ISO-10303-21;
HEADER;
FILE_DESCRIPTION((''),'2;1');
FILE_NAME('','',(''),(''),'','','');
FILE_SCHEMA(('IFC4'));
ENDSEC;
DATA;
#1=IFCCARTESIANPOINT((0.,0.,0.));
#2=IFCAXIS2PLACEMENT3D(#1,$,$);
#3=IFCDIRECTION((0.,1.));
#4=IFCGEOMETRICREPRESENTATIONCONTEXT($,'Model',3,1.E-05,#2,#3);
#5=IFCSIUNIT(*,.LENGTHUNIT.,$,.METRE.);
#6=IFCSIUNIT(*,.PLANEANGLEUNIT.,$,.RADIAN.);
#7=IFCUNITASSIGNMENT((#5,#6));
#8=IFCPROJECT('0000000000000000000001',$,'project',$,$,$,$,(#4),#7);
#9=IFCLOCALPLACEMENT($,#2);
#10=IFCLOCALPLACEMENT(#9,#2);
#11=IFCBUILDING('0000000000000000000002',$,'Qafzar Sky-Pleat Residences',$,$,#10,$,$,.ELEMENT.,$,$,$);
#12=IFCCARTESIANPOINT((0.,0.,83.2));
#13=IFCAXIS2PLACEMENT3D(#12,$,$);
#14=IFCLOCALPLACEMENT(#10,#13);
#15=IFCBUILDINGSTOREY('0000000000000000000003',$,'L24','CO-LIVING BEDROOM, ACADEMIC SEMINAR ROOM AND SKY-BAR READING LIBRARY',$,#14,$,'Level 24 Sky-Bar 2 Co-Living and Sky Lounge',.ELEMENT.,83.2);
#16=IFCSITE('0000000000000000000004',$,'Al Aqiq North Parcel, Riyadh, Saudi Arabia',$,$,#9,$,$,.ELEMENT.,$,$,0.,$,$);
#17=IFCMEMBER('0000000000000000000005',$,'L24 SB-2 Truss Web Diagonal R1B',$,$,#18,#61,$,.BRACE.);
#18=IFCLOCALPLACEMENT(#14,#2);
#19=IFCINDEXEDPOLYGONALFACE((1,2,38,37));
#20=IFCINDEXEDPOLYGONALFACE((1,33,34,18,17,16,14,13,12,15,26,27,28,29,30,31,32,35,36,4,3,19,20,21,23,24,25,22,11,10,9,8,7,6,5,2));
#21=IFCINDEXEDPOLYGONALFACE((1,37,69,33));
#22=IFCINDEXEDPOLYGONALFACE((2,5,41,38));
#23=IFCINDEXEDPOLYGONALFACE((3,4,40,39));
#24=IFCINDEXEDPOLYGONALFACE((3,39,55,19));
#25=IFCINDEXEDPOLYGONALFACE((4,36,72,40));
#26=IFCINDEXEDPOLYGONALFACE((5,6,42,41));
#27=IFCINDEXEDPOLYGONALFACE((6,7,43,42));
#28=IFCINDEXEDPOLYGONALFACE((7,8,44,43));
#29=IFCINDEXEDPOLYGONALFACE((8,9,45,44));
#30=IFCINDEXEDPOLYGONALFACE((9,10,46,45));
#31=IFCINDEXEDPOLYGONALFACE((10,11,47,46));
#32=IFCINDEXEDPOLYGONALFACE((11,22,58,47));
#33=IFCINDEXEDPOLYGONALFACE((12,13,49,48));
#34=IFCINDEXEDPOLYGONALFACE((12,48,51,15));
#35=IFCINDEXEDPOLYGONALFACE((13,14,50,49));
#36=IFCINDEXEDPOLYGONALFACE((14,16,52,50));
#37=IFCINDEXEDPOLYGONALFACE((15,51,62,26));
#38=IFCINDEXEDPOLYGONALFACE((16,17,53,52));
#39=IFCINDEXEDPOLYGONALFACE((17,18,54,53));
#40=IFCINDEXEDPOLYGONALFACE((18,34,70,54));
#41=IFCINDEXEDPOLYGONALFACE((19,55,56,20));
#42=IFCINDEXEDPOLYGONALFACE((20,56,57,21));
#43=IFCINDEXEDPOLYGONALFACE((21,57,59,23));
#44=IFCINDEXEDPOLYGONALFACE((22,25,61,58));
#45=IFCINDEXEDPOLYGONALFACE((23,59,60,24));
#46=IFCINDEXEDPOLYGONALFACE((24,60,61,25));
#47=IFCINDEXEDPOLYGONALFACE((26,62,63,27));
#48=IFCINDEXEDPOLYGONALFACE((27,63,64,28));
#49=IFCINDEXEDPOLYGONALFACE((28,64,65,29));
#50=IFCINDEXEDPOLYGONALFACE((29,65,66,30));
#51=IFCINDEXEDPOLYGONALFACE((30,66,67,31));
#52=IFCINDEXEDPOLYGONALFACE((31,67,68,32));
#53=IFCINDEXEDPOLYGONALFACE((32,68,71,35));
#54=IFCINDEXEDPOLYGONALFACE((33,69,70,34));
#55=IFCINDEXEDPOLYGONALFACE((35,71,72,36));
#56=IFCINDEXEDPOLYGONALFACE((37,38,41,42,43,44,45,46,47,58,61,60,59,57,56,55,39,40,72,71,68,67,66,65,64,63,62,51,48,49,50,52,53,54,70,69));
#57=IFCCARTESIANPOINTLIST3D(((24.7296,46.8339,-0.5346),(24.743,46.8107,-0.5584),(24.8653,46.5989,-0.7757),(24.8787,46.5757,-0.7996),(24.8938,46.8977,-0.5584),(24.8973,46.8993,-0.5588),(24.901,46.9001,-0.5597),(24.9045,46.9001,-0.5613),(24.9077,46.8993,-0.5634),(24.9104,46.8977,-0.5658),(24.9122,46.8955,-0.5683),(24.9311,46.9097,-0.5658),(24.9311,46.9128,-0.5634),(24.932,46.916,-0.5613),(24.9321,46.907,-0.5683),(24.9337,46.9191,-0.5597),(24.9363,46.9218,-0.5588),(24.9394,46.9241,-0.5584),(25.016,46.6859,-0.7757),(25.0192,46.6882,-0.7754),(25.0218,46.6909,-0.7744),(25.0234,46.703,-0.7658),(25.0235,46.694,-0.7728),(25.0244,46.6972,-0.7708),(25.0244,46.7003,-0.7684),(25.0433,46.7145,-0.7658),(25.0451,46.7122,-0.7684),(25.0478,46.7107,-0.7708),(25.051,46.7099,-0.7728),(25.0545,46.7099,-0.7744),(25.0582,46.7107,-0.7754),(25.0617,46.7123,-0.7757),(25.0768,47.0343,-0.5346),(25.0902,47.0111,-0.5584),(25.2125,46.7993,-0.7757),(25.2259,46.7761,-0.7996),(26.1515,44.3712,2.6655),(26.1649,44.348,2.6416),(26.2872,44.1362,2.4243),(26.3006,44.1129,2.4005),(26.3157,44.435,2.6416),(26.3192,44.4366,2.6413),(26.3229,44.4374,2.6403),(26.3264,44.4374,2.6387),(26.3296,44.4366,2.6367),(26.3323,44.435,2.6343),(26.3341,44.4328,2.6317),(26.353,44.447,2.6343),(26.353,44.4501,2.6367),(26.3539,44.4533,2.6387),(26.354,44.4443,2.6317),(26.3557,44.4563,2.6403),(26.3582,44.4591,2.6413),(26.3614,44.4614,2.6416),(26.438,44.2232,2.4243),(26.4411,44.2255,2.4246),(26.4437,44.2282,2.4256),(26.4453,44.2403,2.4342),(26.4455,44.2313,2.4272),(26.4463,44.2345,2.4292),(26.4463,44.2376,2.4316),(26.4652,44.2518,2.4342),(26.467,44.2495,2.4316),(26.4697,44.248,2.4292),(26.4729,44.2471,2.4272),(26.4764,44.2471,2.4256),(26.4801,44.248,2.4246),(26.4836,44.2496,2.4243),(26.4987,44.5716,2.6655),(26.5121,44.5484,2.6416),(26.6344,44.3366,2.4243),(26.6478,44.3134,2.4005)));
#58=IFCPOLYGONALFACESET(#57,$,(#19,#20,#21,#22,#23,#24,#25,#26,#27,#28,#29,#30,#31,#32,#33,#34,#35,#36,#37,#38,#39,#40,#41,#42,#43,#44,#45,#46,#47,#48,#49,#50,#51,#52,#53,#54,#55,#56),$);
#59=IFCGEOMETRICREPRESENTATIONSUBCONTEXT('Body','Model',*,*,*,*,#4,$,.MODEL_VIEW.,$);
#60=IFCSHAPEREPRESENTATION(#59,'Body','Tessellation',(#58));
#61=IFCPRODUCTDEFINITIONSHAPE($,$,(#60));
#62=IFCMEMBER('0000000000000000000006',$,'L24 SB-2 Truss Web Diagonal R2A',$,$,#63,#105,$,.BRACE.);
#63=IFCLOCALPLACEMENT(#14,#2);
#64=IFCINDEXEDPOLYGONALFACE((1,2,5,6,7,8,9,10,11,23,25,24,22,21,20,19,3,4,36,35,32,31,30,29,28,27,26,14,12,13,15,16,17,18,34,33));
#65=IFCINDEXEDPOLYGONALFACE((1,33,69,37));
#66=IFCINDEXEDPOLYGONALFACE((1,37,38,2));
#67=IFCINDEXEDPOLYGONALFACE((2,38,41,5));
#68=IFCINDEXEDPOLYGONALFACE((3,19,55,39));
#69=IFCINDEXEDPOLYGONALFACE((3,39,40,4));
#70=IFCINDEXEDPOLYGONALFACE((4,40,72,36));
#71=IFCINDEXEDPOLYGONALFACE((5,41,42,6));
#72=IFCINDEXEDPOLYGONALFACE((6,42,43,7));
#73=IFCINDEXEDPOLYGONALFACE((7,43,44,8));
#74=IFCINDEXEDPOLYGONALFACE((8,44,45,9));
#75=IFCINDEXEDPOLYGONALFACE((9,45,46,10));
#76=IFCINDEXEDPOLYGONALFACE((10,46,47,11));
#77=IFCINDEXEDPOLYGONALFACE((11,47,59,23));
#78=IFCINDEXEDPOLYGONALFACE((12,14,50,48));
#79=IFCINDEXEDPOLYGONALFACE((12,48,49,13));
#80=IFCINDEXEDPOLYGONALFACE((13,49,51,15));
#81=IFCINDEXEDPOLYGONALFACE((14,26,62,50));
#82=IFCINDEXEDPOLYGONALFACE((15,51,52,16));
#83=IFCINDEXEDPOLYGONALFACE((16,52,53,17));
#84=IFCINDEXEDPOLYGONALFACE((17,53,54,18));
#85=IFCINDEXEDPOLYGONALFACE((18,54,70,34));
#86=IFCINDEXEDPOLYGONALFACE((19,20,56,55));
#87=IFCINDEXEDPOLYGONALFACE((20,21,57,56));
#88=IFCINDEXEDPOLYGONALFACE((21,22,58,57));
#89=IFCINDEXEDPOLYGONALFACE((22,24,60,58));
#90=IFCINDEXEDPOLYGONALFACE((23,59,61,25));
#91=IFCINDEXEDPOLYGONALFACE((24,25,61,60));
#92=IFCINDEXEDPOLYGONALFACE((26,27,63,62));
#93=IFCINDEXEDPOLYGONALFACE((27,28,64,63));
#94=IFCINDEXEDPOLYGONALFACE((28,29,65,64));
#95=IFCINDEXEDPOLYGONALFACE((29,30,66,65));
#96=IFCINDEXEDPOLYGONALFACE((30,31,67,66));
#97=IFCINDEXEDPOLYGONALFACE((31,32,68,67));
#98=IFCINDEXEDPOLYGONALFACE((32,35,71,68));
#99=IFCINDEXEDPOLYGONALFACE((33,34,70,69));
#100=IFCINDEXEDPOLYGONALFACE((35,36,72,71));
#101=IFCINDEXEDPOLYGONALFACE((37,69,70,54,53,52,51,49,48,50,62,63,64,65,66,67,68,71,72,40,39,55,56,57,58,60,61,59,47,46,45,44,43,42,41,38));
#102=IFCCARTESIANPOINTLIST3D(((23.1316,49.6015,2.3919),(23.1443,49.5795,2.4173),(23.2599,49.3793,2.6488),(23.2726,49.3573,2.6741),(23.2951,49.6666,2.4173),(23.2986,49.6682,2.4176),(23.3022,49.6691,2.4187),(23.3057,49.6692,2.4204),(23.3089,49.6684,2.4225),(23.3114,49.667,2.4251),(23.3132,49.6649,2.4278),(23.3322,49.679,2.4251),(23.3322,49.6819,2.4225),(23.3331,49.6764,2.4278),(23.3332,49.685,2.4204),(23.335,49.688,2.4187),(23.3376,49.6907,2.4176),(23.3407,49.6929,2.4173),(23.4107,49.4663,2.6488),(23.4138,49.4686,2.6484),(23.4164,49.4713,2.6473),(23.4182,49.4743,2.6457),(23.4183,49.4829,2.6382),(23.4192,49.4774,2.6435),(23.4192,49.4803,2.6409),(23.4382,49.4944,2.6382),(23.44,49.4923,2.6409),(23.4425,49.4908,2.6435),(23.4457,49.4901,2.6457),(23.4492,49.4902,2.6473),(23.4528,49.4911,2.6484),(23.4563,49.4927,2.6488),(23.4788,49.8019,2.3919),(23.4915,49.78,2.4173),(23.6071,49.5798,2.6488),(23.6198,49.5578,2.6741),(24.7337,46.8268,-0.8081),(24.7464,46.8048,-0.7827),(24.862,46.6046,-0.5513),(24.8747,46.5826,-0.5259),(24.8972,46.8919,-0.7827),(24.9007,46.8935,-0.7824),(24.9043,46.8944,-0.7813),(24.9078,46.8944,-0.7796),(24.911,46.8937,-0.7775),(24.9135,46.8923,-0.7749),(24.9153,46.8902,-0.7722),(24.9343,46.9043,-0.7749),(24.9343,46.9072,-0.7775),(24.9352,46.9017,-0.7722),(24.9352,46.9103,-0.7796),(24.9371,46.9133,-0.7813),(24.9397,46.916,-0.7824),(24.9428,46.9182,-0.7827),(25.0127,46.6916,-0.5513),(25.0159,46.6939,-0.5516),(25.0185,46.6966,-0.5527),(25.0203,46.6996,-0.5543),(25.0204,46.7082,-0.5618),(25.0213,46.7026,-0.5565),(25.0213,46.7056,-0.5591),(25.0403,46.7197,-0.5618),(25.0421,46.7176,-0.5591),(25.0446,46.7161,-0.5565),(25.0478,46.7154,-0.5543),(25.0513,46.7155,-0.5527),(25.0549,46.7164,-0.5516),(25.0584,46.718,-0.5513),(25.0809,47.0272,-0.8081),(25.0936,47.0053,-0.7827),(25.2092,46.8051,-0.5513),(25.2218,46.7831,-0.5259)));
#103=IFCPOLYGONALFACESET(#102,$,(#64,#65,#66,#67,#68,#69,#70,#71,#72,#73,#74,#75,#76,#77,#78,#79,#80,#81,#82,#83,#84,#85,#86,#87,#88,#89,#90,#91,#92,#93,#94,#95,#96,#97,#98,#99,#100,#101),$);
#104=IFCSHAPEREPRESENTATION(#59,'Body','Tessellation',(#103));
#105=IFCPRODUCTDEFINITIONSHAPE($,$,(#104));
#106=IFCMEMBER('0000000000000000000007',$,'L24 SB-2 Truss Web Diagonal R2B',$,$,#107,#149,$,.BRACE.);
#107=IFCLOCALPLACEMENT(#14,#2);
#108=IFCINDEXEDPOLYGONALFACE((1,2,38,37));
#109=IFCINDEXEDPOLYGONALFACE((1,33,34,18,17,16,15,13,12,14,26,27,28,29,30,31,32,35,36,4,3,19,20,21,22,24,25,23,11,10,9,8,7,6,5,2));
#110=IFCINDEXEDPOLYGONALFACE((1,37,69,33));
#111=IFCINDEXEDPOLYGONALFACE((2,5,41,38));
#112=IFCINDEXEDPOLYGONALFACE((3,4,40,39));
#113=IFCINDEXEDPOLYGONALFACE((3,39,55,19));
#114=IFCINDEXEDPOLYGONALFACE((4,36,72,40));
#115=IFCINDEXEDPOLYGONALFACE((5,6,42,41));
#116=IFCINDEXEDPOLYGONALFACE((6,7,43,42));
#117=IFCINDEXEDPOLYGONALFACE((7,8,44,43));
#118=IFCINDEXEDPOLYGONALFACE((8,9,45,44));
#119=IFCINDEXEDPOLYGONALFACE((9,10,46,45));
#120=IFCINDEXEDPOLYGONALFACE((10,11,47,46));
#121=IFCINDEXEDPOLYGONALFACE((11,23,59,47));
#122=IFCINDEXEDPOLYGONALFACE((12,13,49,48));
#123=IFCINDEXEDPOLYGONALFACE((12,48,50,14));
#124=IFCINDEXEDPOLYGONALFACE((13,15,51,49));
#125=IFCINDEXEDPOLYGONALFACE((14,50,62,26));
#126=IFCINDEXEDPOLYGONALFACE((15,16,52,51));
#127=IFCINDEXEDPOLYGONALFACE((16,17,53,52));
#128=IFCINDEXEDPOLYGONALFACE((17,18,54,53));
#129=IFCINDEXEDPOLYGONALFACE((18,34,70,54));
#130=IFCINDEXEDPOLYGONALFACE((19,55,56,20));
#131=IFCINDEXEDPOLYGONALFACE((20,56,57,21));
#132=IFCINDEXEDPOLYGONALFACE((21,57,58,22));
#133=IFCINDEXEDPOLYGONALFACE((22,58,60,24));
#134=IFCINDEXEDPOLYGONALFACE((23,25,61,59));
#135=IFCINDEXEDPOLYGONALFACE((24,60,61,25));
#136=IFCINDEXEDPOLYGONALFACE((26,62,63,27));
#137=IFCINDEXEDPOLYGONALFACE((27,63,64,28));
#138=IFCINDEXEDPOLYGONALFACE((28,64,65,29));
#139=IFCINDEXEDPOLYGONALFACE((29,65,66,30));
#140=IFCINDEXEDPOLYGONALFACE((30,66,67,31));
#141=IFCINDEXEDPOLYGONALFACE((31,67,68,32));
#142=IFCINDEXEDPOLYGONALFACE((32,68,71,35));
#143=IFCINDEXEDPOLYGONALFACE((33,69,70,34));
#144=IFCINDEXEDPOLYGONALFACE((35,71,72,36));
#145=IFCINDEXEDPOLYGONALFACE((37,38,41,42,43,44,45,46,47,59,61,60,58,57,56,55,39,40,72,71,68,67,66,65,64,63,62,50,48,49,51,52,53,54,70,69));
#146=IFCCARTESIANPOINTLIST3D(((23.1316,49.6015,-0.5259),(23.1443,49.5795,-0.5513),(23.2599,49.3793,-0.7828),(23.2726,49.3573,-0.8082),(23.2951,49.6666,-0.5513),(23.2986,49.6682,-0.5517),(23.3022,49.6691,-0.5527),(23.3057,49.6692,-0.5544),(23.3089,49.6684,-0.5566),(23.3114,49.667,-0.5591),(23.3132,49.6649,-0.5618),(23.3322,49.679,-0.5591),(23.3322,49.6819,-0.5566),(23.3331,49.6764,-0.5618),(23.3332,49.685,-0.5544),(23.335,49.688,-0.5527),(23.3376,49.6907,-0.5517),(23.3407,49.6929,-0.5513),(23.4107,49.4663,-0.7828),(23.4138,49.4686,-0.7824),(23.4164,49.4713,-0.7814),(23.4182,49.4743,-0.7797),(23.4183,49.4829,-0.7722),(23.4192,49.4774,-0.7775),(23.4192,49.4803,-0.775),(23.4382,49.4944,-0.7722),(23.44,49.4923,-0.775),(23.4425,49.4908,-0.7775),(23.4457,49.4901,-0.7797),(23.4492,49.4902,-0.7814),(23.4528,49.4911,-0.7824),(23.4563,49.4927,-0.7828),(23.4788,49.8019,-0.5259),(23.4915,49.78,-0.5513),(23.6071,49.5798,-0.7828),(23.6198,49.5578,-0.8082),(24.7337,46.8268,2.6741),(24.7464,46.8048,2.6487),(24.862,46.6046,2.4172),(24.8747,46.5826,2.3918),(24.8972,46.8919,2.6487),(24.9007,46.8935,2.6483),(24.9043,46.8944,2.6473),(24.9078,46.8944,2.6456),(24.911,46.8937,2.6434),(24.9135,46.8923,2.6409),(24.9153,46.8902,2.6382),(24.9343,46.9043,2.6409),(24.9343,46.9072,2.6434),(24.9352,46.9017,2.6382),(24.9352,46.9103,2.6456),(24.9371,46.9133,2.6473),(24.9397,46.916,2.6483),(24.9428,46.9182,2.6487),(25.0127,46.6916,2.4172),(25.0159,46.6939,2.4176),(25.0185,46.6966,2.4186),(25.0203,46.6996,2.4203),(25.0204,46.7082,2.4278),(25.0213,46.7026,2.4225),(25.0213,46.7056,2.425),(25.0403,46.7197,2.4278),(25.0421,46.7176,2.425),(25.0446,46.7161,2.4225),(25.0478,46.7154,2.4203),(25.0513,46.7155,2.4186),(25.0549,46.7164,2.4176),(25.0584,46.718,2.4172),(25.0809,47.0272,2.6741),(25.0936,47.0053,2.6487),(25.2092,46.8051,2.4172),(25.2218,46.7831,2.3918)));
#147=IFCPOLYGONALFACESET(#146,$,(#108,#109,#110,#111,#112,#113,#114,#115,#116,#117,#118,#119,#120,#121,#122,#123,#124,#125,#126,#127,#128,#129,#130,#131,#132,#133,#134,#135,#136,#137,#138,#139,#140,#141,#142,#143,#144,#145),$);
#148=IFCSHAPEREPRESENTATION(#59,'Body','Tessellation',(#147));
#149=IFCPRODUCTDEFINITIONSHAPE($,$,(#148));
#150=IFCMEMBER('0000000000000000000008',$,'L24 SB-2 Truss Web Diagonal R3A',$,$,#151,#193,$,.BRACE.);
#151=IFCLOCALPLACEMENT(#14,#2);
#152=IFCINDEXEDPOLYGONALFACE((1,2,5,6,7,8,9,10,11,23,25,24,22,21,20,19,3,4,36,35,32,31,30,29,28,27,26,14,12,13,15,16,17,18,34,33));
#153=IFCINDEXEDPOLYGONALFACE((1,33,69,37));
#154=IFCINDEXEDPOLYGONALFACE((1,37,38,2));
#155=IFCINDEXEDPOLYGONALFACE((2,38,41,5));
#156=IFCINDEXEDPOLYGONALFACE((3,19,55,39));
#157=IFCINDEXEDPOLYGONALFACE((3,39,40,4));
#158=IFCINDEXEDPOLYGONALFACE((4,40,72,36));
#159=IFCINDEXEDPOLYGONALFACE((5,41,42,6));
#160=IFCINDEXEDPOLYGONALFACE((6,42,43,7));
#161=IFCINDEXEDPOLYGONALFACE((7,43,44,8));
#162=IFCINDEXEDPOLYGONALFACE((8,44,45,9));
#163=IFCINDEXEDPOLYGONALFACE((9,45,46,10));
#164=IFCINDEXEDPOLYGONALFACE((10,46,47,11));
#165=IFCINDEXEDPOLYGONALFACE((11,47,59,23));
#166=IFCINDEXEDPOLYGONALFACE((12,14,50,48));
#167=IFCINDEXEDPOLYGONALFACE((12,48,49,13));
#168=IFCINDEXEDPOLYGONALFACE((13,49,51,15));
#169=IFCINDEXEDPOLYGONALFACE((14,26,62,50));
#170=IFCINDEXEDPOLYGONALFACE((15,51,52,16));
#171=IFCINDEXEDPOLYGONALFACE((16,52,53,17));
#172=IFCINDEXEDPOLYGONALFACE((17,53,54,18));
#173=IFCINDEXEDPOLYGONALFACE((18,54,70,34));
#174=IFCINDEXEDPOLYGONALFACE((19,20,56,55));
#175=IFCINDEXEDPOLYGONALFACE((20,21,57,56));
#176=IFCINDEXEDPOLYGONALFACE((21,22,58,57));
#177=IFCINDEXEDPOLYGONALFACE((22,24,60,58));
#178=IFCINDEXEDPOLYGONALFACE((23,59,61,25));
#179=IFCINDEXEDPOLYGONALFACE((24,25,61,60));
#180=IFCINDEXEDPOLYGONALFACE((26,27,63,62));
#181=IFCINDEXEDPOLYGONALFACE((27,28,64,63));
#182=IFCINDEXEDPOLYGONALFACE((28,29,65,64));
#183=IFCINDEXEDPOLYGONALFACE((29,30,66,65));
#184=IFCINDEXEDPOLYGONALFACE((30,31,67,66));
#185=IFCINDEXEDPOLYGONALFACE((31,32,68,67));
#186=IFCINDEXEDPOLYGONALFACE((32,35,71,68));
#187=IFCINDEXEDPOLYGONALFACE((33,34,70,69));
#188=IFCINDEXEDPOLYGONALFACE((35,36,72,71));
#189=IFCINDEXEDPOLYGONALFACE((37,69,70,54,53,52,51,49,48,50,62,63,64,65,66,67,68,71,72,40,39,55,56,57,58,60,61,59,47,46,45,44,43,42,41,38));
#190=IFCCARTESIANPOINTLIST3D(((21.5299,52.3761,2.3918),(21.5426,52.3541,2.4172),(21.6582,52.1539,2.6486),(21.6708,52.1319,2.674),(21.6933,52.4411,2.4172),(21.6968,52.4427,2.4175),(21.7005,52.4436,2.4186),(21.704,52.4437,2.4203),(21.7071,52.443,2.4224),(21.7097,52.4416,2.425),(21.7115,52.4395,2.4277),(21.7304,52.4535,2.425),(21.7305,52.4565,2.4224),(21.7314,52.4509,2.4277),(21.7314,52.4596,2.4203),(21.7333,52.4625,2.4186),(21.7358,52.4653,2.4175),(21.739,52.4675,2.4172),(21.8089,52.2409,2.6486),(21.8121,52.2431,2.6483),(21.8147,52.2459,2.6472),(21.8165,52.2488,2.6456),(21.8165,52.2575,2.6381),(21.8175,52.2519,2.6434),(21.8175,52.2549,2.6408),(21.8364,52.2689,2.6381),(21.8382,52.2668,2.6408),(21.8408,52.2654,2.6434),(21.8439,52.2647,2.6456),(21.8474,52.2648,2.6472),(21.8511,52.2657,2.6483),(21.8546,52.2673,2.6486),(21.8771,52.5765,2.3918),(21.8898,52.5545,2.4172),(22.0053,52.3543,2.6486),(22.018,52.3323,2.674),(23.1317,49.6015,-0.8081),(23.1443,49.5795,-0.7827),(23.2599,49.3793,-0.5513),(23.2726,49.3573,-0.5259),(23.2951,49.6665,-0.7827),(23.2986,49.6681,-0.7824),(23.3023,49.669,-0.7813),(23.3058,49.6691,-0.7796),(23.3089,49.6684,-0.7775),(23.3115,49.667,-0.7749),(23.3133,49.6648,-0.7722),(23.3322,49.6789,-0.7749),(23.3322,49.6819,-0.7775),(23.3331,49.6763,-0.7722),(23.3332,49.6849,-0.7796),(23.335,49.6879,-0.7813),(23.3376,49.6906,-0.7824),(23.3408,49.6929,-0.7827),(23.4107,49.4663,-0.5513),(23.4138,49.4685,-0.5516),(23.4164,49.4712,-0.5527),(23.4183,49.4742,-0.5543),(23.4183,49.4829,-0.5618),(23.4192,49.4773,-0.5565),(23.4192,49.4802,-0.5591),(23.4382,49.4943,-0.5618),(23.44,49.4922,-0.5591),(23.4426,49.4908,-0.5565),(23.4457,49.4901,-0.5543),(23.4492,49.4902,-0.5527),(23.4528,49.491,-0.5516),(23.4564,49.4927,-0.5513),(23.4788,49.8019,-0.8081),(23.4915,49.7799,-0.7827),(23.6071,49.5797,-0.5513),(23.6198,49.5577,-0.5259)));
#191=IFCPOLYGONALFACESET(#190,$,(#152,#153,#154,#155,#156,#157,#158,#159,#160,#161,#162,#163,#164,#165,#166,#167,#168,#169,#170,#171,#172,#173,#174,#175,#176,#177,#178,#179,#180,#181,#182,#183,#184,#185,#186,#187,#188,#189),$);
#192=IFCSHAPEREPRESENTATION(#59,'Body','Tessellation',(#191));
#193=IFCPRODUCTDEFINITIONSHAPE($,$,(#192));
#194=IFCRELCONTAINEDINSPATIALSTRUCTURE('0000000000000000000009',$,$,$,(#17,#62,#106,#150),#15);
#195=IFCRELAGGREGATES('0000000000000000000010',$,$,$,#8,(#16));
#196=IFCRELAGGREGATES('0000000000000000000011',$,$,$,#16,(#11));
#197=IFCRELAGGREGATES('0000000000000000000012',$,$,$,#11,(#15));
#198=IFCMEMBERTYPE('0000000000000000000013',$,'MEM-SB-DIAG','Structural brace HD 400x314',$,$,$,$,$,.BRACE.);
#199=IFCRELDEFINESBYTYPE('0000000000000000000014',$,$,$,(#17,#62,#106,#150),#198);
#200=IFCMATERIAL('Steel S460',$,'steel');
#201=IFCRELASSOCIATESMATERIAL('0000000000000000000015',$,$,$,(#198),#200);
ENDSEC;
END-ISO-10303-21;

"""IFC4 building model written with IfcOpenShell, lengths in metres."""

from ifc_helpers import new_model, si_unit, direction, frame, origin, origin_2d, place, context, subcontext, project, spatial, i_section, extrude, source, transform, mapped, material, material_profile, profile_set, type_object, element, save


model = new_model("IFC4")

# Units and contexts
model_context = context("Model", 3, precision=1e-05, world=origin(), true_north=direction((0.0, 1.0)))
body_context = subcontext(model_context, "Body", "Model", "MODEL_VIEW")
ifc_project = project(units=[si_unit("LENGTHUNIT", "METRE"), si_unit("PLANEANGLEUNIT", "RADIAN")], contexts=[model_context])

# Site, building, storey
site_placement = place(None, origin())
site = spatial("IfcSite", under=ifc_project, at=site_placement, Name="Al Aqiq North Parcel, Riyadh, Saudi Arabia", CompositionType="ELEMENT", RefElevation=0.0)
building_placement = place(site_placement, origin())
building = spatial("IfcBuilding", under=site, at=building_placement, Name="Qafzar Sky-Pleat Residences", CompositionType="ELEMENT")
storey_placement = place(building_placement, frame((0.0, 0.0, 83.2)))
storey = spatial("IfcBuildingStorey", under=building, at=storey_placement, Name="L24", Description="CO-LIVING BEDROOM, ACADEMIC SEMINAR ROOM AND SKY-BAR READING LIBRARY", LongName="Level 24 Sky-Bar 2 Co-Living and Sky Lounge", CompositionType="ELEMENT", Elevation=83.2)

# Shared definitions
ifc_material_1 = material(Name="Steel S460", Category="steel")

# Members
ifc_material_profile_1 = material_profile(ifc_material_1, i_section(OverallWidth=0.4009, OverallDepth=0.3989, WebThickness=0.0229, FlangeThickness=0.0359, FilletRadius=0.0149, at=origin_2d()), Name="HD 400x314")
ifc_profile_set_1 = profile_set([ifc_material_profile_1], Name="Steel S460")
member_type = type_object("IfcMemberType", Name="MEM-SB-DIAG", Description="Structural brace HD 400x314", PredefinedType="BRACE", material=ifc_profile_set_1)
shared_shape_1 = source(origin(), body_context, "Body", "SweptSolid", [
    extrude(i_section(OverallWidth=0.4009, OverallDepth=0.3989, WebThickness=0.0229, FlangeThickness=0.0359, FilletRadius=0.0149, at=origin_2d()), origin(), (0.0, 0.0, 1.0), 4.281),
])
for number, where, z_axis, x_axis, name in (
    (1, (26.3997, 44.3423, 2.533), (-0.332144, 0.575265, -0.747496), (-0.866015, -0.500017, 0.0), "L24 SB-2 Truss Web Diagonal R1B"),
):
    element("IfcMember", number, at=place(storey_placement, frame(where, z_axis=z_axis, x_axis=x_axis)), inside=storey, type_object=member_type, Name=name, PredefinedType="BRACE", context=body_context, shape_type="MappedRepresentation", body=[
        mapped(shared_shape_1, transform((0.0, 0.0, 0.0), x_axis=(1.0, 0.0, 0.0), y_axis=(0.0, 1.0, 0.0), z_axis=(0.0, 0.0, 1.0), scale=1.0)),
    ])
shared_shape_2 = source(origin(), body_context, "Body", "SweptSolid", [
    extrude(i_section(OverallWidth=0.4009, OverallDepth=0.3989, WebThickness=0.0229, FlangeThickness=0.0359, FilletRadius=0.0149, at=origin_2d()), origin(), (0.0, 0.0, 1.0), 4.5283),
])
for number, where, z_axis, x_axis, name in (
    (2, (24.9778, 46.8049, -0.667), (-0.353791, 0.612745, 0.706665), (-0.866012, -0.500024, 0.0), "L24 SB-2 Truss Web Diagonal R2A"),
    (3, (24.9778, 46.8049, 2.533), (-0.353791, 0.612745, -0.706665), (-0.866012, -0.500024, 0.0), "L24 SB-2 Truss Web Diagonal R2B"),
):
    element("IfcMember", number, at=place(storey_placement, frame(where, z_axis=z_axis, x_axis=x_axis)), inside=storey, type_object=member_type, Name=name, PredefinedType="BRACE", context=body_context, shape_type="MappedRepresentation", body=[
        mapped(shared_shape_2, transform((0.0, 0.0, 0.0), x_axis=(1.0, 0.0, 0.0), y_axis=(0.0, 1.0, 0.0), z_axis=(0.0, 0.0, 1.0), scale=1.0)),
    ])
shared_shape_3 = source(origin(), body_context, "Body", "SweptSolid", [
    extrude(i_section(OverallWidth=0.4009, OverallDepth=0.3989, WebThickness=0.0229, FlangeThickness=0.0359, FilletRadius=0.0149, at=origin_2d()), origin(), (0.0, 0.0, 1.0), 4.5281),
])
for number, where, z_axis, x_axis, name in (
    (4, (23.3757, 49.5796, -0.667), (-0.353744, 0.612757, 0.706679), (-0.866045, -0.499967, 0.0), "L24 SB-2 Truss Web Diagonal R3A"),
):
    element("IfcMember", number, at=place(storey_placement, frame(where, z_axis=z_axis, x_axis=x_axis)), inside=storey, type_object=member_type, Name=name, PredefinedType="BRACE", context=body_context, shape_type="MappedRepresentation", body=[
        mapped(shared_shape_3, transform((0.0, 0.0, 0.0), x_axis=(1.0, 0.0, 0.0), y_axis=(0.0, 1.0, 0.0), z_axis=(0.0, 0.0, 1.0), scale=1.0)),
    ])

save(model, "model.ifc")
